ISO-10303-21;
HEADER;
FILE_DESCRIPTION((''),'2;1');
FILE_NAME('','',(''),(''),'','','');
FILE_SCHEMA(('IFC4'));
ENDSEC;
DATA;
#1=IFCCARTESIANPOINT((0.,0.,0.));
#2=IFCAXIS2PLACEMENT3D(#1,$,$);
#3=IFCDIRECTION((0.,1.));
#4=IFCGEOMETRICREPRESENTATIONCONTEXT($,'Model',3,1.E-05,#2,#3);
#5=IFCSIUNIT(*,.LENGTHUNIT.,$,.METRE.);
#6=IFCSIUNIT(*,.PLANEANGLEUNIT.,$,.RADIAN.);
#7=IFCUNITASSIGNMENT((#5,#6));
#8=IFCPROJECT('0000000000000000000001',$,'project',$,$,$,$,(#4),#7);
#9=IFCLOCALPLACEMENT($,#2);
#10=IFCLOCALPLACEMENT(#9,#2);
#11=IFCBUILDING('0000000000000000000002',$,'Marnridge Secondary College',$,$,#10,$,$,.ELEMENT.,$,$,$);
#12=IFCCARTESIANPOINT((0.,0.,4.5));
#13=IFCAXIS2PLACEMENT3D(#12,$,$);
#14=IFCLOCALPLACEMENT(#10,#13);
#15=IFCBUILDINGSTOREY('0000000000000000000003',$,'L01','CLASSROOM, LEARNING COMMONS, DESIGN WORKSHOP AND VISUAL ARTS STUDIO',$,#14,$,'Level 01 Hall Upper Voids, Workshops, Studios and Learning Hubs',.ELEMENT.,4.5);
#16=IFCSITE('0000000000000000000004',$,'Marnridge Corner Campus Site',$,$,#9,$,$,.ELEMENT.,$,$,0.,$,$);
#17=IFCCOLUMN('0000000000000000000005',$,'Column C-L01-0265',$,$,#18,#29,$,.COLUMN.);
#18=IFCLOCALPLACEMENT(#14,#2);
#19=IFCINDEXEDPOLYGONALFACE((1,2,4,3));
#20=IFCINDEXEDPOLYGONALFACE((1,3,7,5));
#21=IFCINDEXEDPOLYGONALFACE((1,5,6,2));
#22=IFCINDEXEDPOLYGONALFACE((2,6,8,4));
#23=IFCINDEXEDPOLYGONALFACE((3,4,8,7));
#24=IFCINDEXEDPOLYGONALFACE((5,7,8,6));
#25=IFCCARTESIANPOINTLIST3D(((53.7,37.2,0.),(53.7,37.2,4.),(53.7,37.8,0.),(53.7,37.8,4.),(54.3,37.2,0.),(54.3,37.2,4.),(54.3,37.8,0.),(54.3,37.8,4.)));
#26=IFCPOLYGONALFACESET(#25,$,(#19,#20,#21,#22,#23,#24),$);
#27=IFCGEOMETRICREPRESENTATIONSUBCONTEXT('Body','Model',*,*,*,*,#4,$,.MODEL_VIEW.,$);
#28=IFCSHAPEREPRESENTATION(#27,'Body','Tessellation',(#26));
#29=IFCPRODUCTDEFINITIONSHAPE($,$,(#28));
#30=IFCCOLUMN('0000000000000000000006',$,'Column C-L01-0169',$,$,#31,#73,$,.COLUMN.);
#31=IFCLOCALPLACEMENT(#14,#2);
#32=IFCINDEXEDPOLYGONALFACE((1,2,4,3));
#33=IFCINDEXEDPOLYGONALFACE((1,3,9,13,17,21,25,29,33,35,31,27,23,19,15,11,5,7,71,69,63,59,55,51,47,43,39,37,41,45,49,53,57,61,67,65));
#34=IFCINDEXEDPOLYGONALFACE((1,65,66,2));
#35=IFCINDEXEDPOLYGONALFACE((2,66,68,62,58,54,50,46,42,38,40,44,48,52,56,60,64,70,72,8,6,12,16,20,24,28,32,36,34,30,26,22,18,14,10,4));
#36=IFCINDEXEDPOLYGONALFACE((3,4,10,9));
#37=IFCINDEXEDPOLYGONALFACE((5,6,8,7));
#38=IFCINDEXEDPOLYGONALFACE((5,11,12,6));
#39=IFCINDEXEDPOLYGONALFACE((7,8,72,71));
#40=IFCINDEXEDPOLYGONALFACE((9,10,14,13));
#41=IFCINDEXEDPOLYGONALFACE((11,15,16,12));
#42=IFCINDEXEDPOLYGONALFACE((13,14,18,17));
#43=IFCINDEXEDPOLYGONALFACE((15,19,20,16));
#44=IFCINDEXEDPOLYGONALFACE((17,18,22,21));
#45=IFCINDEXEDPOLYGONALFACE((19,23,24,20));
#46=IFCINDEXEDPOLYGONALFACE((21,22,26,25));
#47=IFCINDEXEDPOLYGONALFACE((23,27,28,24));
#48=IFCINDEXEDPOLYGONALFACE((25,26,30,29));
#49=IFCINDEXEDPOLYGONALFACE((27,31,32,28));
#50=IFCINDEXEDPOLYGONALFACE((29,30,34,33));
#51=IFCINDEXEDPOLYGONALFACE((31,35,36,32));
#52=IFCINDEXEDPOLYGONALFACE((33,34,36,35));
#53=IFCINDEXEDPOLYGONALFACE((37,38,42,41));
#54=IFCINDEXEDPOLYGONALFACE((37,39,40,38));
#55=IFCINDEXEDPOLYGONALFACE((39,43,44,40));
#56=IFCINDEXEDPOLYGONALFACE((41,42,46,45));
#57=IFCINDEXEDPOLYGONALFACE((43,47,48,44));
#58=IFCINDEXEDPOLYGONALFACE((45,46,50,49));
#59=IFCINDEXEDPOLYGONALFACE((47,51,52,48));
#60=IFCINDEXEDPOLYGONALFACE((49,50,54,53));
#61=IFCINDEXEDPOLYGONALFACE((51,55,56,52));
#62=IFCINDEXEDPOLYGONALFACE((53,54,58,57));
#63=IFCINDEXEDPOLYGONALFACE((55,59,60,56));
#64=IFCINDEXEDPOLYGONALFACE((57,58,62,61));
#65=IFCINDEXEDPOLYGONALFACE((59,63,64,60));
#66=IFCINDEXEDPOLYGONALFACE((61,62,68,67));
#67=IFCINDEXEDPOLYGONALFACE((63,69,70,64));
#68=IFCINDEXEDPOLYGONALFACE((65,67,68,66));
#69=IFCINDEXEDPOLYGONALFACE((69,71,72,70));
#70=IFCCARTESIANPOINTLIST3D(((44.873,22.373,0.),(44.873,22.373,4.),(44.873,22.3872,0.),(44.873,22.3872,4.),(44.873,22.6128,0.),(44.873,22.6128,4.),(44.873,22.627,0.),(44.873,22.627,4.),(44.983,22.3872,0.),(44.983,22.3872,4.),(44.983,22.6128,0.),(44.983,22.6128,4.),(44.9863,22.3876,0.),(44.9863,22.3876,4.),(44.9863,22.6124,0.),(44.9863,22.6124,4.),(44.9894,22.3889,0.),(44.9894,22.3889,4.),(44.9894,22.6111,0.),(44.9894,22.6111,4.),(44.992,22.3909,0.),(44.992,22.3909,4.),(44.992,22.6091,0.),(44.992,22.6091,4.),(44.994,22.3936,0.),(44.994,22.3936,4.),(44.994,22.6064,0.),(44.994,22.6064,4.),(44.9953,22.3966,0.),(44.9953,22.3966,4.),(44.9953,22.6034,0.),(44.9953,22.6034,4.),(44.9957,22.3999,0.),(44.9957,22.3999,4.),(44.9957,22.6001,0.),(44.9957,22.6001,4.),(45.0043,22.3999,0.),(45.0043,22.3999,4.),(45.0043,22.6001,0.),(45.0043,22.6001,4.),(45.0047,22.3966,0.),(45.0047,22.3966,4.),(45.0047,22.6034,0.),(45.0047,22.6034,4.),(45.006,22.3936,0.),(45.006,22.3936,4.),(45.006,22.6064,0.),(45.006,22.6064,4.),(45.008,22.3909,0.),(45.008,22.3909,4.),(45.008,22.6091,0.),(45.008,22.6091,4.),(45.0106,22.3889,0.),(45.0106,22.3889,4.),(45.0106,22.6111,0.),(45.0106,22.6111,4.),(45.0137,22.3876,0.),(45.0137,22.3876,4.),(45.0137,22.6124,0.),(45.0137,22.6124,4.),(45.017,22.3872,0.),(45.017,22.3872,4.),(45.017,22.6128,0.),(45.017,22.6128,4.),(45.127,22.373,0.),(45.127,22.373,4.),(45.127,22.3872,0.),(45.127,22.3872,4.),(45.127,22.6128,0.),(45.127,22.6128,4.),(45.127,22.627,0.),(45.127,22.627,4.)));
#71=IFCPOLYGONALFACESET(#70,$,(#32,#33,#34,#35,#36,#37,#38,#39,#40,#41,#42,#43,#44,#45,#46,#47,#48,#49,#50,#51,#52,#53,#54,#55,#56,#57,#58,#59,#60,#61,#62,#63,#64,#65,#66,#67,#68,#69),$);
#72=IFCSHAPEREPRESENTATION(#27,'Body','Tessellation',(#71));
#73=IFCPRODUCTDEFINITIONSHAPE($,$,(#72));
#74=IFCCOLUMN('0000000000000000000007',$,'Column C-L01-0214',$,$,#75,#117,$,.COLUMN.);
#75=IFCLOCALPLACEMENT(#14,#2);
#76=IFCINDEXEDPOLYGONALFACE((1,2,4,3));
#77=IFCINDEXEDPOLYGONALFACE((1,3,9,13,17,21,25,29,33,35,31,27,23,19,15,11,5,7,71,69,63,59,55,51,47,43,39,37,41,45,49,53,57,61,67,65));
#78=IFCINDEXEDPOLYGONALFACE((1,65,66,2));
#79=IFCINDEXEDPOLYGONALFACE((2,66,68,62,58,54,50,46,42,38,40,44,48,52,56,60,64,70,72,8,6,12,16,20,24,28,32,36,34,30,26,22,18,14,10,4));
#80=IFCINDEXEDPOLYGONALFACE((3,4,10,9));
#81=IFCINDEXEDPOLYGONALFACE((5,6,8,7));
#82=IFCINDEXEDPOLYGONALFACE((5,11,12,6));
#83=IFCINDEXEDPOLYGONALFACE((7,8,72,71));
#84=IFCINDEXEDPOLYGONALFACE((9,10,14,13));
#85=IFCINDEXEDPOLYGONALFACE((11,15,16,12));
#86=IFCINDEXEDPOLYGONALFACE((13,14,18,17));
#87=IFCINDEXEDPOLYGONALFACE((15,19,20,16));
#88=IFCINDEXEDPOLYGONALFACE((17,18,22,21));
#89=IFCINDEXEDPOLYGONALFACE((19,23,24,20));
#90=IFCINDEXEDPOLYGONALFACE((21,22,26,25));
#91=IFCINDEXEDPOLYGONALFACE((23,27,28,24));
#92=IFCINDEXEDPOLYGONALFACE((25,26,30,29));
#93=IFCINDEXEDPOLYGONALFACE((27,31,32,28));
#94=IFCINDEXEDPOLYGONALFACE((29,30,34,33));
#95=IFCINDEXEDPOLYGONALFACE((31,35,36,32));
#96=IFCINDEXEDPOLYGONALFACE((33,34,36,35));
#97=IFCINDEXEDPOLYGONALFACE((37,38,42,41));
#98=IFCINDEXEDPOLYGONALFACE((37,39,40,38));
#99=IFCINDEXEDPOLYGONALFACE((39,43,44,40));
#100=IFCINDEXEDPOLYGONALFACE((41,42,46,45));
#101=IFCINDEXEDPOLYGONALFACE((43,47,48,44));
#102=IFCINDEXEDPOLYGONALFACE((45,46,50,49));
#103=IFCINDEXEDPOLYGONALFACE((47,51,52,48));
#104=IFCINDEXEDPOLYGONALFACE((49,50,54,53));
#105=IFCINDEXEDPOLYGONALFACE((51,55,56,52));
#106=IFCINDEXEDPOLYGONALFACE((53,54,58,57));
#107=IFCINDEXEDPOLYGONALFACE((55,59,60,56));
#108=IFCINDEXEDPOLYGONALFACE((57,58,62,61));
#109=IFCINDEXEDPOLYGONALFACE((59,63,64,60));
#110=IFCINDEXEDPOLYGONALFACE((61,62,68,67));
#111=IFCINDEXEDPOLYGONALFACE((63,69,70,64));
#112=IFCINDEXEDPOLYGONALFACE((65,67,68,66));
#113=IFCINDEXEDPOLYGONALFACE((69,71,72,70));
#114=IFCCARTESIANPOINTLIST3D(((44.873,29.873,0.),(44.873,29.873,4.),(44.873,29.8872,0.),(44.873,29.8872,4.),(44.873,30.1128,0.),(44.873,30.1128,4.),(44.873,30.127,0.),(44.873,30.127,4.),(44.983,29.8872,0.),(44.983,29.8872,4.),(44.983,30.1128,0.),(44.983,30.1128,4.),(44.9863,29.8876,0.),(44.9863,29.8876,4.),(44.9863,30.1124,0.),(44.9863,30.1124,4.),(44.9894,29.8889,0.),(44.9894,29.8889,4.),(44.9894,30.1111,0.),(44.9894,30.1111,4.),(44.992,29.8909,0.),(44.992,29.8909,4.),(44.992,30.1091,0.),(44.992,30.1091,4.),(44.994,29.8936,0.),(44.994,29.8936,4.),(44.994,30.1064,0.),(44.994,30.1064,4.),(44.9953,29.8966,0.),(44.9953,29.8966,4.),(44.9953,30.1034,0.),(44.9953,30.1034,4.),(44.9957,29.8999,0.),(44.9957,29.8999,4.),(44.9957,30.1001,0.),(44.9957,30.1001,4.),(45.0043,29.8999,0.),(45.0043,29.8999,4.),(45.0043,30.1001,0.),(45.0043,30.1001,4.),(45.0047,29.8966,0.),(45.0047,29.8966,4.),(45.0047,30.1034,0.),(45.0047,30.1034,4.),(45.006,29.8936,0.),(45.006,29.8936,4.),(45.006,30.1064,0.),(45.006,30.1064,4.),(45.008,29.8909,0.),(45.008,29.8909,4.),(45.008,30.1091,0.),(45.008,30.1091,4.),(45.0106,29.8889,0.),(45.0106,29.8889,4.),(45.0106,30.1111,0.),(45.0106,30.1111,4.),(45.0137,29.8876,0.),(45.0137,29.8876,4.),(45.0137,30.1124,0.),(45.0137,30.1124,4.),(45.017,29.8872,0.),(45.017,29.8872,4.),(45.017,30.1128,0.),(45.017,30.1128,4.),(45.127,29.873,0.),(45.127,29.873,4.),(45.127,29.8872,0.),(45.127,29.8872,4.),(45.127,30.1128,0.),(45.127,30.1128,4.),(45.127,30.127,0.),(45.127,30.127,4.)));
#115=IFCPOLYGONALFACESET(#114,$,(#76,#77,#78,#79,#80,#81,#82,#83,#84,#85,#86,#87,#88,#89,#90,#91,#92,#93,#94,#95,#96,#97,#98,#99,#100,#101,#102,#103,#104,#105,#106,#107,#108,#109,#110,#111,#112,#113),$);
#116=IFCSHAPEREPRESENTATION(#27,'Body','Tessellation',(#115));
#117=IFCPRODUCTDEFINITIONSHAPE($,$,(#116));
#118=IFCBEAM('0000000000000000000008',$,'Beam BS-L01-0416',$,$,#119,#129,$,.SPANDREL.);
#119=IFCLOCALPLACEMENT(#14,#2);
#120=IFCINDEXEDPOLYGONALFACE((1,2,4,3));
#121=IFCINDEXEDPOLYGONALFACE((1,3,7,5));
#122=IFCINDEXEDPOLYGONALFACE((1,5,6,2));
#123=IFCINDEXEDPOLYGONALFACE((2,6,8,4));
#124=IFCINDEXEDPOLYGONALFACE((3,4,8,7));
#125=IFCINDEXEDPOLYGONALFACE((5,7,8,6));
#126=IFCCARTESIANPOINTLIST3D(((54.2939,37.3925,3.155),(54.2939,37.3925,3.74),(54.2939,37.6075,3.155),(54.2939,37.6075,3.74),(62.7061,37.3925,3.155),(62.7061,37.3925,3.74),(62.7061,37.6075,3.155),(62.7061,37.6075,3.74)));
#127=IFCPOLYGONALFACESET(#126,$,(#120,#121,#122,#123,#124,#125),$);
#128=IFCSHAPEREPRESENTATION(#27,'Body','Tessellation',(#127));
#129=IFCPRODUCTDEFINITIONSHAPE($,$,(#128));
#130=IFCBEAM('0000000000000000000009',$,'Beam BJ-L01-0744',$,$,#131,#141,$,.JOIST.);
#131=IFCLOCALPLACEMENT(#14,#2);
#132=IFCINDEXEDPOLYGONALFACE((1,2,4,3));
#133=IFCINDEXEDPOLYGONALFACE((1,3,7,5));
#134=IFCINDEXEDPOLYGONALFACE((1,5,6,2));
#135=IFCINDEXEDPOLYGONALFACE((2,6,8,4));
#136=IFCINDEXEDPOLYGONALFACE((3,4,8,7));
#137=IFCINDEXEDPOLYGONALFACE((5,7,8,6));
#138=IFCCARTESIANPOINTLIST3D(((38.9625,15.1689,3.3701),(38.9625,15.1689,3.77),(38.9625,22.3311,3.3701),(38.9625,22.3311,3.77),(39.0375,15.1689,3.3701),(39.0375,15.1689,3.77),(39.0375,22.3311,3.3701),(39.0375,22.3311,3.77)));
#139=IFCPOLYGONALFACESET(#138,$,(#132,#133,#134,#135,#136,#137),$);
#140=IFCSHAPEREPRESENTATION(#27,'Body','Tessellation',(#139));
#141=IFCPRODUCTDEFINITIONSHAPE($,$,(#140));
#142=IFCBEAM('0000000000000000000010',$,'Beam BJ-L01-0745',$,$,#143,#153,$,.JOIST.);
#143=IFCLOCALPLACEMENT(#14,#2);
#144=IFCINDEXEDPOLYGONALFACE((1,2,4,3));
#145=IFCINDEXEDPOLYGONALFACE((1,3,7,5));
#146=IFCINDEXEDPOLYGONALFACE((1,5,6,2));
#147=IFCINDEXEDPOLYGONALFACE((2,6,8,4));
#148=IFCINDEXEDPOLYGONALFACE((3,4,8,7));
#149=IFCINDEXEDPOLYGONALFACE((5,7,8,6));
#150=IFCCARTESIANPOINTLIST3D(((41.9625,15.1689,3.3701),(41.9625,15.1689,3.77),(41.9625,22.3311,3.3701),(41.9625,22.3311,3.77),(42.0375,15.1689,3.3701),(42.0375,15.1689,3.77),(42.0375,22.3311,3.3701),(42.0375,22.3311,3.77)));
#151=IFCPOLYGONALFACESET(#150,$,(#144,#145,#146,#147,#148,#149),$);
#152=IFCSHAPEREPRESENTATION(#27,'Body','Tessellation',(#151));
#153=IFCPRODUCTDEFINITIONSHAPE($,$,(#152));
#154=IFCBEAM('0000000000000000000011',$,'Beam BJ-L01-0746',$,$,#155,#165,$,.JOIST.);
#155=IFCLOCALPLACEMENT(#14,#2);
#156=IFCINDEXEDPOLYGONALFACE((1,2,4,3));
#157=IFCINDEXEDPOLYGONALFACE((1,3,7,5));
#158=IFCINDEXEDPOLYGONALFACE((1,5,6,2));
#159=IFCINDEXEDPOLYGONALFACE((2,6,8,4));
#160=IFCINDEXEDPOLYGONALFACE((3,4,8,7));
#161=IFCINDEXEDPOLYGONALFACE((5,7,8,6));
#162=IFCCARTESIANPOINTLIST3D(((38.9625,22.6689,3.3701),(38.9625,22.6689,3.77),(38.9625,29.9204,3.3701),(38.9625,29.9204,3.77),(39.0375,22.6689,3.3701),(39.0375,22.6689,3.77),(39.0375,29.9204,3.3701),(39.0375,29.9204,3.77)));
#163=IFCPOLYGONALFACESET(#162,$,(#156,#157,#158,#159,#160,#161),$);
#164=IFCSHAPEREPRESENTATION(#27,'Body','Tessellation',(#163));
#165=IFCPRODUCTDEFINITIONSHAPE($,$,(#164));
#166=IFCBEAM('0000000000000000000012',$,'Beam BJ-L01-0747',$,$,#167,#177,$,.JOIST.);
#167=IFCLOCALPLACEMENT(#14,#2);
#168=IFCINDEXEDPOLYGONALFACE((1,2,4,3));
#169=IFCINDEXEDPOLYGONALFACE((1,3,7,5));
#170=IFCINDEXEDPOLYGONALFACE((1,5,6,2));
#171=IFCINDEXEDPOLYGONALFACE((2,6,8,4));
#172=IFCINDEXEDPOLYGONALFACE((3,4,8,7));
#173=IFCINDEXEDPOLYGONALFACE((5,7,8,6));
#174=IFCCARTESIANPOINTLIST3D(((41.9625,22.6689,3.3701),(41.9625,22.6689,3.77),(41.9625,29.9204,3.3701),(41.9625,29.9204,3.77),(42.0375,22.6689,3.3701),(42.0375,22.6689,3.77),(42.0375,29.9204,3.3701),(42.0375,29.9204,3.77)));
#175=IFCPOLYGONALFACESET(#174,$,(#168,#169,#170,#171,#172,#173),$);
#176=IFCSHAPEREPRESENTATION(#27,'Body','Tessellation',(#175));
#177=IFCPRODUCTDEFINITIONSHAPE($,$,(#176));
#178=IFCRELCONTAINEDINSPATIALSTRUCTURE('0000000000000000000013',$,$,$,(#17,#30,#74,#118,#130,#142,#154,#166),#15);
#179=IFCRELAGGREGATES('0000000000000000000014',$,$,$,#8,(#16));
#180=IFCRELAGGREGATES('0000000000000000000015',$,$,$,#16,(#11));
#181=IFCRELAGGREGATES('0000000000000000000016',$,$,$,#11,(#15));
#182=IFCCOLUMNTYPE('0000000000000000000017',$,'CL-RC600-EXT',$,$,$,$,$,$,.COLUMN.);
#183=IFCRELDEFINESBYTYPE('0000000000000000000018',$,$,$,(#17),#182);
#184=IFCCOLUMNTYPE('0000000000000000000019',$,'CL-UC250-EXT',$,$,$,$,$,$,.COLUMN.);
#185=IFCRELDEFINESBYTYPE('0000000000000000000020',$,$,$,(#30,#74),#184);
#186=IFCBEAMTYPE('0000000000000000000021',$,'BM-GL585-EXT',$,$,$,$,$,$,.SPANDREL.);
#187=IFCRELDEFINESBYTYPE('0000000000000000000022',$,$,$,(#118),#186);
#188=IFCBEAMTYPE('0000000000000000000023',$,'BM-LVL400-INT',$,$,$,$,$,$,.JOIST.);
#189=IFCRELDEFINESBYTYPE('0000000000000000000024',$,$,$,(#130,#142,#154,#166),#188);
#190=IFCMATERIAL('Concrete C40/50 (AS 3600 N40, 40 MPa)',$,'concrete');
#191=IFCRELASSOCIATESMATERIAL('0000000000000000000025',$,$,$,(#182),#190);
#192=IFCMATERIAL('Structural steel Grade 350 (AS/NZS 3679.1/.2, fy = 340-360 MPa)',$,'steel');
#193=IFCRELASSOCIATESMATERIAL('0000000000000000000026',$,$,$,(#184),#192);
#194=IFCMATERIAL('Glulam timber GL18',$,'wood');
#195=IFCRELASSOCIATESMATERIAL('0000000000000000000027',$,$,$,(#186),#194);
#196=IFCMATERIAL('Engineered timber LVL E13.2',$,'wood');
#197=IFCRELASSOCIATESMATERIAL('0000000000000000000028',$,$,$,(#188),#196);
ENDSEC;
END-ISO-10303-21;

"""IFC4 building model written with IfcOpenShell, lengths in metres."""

from ifc_helpers import new_model, si_unit, direction, frame, origin, origin_2d, place, context, subcontext, project, spatial, rectangle, i_section, extrude, material, material_profile, profile_set, type_object, element, save


model = new_model("IFC4")

# Units and contexts
model_context = context("Model", 3, precision=1e-05, world=origin(), true_north=direction((0.0, 1.0)))
body_context = subcontext(model_context, "Body", "Model", "MODEL_VIEW")
ifc_project = project(units=[si_unit("LENGTHUNIT", "METRE"), si_unit("PLANEANGLEUNIT", "RADIAN")], contexts=[model_context])

# Site, building, storey
site_placement = place(None, origin())
site = spatial("IfcSite", under=ifc_project, at=site_placement, Name="Marnridge Corner Campus Site", CompositionType="ELEMENT", RefElevation=0.0)
building_placement = place(site_placement, origin())
building = spatial("IfcBuilding", under=site, at=building_placement, Name="Marnridge Secondary College", CompositionType="ELEMENT")
storey_placement = place(building_placement, frame((0.0, 0.0, 4.5)))
storey = spatial("IfcBuildingStorey", under=building, at=storey_placement, Name="L01", Description="CLASSROOM, LEARNING COMMONS, DESIGN WORKSHOP AND VISUAL ARTS STUDIO", LongName="Level 01 Hall Upper Voids, Workshops, Studios and Learning Hubs", CompositionType="ELEMENT", Elevation=4.5)

# Columns
ifc_material_1 = material(Name="Concrete C40/50 (AS 3600 N40, 40 MPa)", Category="concrete")
ifc_material_profile_1 = material_profile(ifc_material_1, rectangle(XDim=0.6001, YDim=0.6001, at=origin_2d()), Name="RC 600x600")
ifc_profile_set_1 = profile_set([ifc_material_profile_1], Name="Concrete C40/50 (AS 3600 N40, 40 MPa)")
column_type_1 = type_object("IfcColumnType", Name="CL-RC600-EXT", PredefinedType="COLUMN", material=ifc_profile_set_1)
column_placement = place(storey_placement, frame((54.0, 37.5, 0.0), z_axis=(0.0, 0.0, 1.0), x_axis=(1.0, 0.0, 0.0)))
element("IfcColumn", 1, at=column_placement, inside=storey, type_object=column_type_1, Name="Column C-L01-0265", PredefinedType="COLUMN", context=body_context, shape_type="SweptSolid", body=[
    extrude(rectangle(XDim=0.6001, YDim=0.6001, at=origin_2d()), origin(), (0.0, 0.0, 1.0), 4.0),
])
ifc_material_2 = material(Name="Structural steel Grade 350 (AS/NZS 3679.1/.2, fy = 340-360 MPa)", Category="steel")
ifc_material_profile_2 = material_profile(ifc_material_2, i_section(OverallWidth=0.2539, OverallDepth=0.2539, WebThickness=0.0085, FlangeThickness=0.0142, FilletRadius=0.0127, at=origin_2d()), Name="250UC72.9")
ifc_profile_set_2 = profile_set([ifc_material_profile_2], Name="Structural steel Grade 350 (AS/NZS 3679.1/.2, fy = 340-360 MPa)")
column_type_2 = type_object("IfcColumnType", Name="CL-UC250-EXT", PredefinedType="COLUMN", material=ifc_profile_set_2)
for number, where, z_axis, x_axis, name in (
    (2, (45.0, 22.5, 0.0), (0.0, 0.0, 1.0), (1.0, 0.0, 0.0), "Column C-L01-0169"),
    (3, (45.0, 30.0, 0.0), (0.0, 0.0, 1.0), (1.0, 0.0, 0.0), "Column C-L01-0214"),
):
    element("IfcColumn", number, at=place(storey_placement, frame(where, z_axis=z_axis, x_axis=x_axis)), inside=storey, type_object=column_type_2, Name=name, PredefinedType="COLUMN", context=body_context, shape_type="SweptSolid", body=[
        extrude(i_section(OverallWidth=0.2539, OverallDepth=0.2539, WebThickness=0.0085, FlangeThickness=0.0142, FilletRadius=0.0127, at=origin_2d()), origin(), (0.0, 0.0, 1.0), 4.0),
    ])

# Beams
ifc_material_3 = material(Name="Glulam timber GL18", Category="wood")
ifc_material_profile_3 = material_profile(ifc_material_3, rectangle(XDim=0.2151, YDim=0.585, at=origin_2d()), Name="GL18 215x585")
ifc_profile_set_3 = profile_set([ifc_material_profile_3], Name="Glulam timber GL18")
beam_type_1 = type_object("IfcBeamType", Name="BM-GL585-EXT", PredefinedType="SPANDREL", material=ifc_profile_set_3)
beam_1_placement = place(storey_placement, frame((54.2939, 37.5, 3.4475), z_axis=(1.0, 0.0, 0.0), x_axis=(0.0, 1.0, 0.0)))
element("IfcBeam", 4, at=beam_1_placement, inside=storey, type_object=beam_type_1, Name="Beam BS-L01-0416", PredefinedType="SPANDREL", context=body_context, shape_type="SweptSolid", body=[
    extrude(rectangle(XDim=0.2151, YDim=0.585, at=origin_2d()), origin(), (0.0, 0.0, 1.0), 8.4121),
])
ifc_material_4 = material(Name="Engineered timber LVL E13.2", Category="wood")
ifc_material_profile_4 = material_profile(ifc_material_4, rectangle(XDim=0.075, YDim=0.3999, at=origin_2d()), Name="LVL 75x400")
ifc_profile_set_4 = profile_set([ifc_material_profile_4], Name="Engineered timber LVL E13.2")
beam_type_2 = type_object("IfcBeamType", Name="BM-LVL400-INT", PredefinedType="JOIST", material=ifc_profile_set_4)
for number, where, z_axis, x_axis, name in (
    (5, (39.0, 15.1689, 3.5701), (0.0, 1.0, 0.0), (-1.0, 0.0, 0.0), "Beam BJ-L01-0744"),
    (6, (42.0, 15.1689, 3.5701), (0.0, 1.0, 0.0), (-1.0, 0.0, 0.0), "Beam BJ-L01-0745"),
):
    element("IfcBeam", number, at=place(storey_placement, frame(where, z_axis=z_axis, x_axis=x_axis)), inside=storey, type_object=beam_type_2, Name=name, PredefinedType="JOIST", context=body_context, shape_type="SweptSolid", body=[
        extrude(rectangle(XDim=0.075, YDim=0.3999, at=origin_2d()), origin(), (0.0, 0.0, 1.0), 7.1621),
    ])
for number, where, z_axis, x_axis, name in (
    (7, (39.0, 22.6689, 3.5701), (0.0, 1.0, 0.0), (-1.0, 0.0, 0.0), "Beam BJ-L01-0746"),
    (8, (42.0, 22.6689, 3.5701), (0.0, 1.0, 0.0), (-1.0, 0.0, 0.0), "Beam BJ-L01-0747"),
):
    element("IfcBeam", number, at=place(storey_placement, frame(where, z_axis=z_axis, x_axis=x_axis)), inside=storey, type_object=beam_type_2, Name=name, PredefinedType="JOIST", context=body_context, shape_type="SweptSolid", body=[
        extrude(rectangle(XDim=0.075, YDim=0.3999, at=origin_2d()), origin(), (0.0, 0.0, 1.0), 7.2515),
    ])

save(model, "model.ifc")
